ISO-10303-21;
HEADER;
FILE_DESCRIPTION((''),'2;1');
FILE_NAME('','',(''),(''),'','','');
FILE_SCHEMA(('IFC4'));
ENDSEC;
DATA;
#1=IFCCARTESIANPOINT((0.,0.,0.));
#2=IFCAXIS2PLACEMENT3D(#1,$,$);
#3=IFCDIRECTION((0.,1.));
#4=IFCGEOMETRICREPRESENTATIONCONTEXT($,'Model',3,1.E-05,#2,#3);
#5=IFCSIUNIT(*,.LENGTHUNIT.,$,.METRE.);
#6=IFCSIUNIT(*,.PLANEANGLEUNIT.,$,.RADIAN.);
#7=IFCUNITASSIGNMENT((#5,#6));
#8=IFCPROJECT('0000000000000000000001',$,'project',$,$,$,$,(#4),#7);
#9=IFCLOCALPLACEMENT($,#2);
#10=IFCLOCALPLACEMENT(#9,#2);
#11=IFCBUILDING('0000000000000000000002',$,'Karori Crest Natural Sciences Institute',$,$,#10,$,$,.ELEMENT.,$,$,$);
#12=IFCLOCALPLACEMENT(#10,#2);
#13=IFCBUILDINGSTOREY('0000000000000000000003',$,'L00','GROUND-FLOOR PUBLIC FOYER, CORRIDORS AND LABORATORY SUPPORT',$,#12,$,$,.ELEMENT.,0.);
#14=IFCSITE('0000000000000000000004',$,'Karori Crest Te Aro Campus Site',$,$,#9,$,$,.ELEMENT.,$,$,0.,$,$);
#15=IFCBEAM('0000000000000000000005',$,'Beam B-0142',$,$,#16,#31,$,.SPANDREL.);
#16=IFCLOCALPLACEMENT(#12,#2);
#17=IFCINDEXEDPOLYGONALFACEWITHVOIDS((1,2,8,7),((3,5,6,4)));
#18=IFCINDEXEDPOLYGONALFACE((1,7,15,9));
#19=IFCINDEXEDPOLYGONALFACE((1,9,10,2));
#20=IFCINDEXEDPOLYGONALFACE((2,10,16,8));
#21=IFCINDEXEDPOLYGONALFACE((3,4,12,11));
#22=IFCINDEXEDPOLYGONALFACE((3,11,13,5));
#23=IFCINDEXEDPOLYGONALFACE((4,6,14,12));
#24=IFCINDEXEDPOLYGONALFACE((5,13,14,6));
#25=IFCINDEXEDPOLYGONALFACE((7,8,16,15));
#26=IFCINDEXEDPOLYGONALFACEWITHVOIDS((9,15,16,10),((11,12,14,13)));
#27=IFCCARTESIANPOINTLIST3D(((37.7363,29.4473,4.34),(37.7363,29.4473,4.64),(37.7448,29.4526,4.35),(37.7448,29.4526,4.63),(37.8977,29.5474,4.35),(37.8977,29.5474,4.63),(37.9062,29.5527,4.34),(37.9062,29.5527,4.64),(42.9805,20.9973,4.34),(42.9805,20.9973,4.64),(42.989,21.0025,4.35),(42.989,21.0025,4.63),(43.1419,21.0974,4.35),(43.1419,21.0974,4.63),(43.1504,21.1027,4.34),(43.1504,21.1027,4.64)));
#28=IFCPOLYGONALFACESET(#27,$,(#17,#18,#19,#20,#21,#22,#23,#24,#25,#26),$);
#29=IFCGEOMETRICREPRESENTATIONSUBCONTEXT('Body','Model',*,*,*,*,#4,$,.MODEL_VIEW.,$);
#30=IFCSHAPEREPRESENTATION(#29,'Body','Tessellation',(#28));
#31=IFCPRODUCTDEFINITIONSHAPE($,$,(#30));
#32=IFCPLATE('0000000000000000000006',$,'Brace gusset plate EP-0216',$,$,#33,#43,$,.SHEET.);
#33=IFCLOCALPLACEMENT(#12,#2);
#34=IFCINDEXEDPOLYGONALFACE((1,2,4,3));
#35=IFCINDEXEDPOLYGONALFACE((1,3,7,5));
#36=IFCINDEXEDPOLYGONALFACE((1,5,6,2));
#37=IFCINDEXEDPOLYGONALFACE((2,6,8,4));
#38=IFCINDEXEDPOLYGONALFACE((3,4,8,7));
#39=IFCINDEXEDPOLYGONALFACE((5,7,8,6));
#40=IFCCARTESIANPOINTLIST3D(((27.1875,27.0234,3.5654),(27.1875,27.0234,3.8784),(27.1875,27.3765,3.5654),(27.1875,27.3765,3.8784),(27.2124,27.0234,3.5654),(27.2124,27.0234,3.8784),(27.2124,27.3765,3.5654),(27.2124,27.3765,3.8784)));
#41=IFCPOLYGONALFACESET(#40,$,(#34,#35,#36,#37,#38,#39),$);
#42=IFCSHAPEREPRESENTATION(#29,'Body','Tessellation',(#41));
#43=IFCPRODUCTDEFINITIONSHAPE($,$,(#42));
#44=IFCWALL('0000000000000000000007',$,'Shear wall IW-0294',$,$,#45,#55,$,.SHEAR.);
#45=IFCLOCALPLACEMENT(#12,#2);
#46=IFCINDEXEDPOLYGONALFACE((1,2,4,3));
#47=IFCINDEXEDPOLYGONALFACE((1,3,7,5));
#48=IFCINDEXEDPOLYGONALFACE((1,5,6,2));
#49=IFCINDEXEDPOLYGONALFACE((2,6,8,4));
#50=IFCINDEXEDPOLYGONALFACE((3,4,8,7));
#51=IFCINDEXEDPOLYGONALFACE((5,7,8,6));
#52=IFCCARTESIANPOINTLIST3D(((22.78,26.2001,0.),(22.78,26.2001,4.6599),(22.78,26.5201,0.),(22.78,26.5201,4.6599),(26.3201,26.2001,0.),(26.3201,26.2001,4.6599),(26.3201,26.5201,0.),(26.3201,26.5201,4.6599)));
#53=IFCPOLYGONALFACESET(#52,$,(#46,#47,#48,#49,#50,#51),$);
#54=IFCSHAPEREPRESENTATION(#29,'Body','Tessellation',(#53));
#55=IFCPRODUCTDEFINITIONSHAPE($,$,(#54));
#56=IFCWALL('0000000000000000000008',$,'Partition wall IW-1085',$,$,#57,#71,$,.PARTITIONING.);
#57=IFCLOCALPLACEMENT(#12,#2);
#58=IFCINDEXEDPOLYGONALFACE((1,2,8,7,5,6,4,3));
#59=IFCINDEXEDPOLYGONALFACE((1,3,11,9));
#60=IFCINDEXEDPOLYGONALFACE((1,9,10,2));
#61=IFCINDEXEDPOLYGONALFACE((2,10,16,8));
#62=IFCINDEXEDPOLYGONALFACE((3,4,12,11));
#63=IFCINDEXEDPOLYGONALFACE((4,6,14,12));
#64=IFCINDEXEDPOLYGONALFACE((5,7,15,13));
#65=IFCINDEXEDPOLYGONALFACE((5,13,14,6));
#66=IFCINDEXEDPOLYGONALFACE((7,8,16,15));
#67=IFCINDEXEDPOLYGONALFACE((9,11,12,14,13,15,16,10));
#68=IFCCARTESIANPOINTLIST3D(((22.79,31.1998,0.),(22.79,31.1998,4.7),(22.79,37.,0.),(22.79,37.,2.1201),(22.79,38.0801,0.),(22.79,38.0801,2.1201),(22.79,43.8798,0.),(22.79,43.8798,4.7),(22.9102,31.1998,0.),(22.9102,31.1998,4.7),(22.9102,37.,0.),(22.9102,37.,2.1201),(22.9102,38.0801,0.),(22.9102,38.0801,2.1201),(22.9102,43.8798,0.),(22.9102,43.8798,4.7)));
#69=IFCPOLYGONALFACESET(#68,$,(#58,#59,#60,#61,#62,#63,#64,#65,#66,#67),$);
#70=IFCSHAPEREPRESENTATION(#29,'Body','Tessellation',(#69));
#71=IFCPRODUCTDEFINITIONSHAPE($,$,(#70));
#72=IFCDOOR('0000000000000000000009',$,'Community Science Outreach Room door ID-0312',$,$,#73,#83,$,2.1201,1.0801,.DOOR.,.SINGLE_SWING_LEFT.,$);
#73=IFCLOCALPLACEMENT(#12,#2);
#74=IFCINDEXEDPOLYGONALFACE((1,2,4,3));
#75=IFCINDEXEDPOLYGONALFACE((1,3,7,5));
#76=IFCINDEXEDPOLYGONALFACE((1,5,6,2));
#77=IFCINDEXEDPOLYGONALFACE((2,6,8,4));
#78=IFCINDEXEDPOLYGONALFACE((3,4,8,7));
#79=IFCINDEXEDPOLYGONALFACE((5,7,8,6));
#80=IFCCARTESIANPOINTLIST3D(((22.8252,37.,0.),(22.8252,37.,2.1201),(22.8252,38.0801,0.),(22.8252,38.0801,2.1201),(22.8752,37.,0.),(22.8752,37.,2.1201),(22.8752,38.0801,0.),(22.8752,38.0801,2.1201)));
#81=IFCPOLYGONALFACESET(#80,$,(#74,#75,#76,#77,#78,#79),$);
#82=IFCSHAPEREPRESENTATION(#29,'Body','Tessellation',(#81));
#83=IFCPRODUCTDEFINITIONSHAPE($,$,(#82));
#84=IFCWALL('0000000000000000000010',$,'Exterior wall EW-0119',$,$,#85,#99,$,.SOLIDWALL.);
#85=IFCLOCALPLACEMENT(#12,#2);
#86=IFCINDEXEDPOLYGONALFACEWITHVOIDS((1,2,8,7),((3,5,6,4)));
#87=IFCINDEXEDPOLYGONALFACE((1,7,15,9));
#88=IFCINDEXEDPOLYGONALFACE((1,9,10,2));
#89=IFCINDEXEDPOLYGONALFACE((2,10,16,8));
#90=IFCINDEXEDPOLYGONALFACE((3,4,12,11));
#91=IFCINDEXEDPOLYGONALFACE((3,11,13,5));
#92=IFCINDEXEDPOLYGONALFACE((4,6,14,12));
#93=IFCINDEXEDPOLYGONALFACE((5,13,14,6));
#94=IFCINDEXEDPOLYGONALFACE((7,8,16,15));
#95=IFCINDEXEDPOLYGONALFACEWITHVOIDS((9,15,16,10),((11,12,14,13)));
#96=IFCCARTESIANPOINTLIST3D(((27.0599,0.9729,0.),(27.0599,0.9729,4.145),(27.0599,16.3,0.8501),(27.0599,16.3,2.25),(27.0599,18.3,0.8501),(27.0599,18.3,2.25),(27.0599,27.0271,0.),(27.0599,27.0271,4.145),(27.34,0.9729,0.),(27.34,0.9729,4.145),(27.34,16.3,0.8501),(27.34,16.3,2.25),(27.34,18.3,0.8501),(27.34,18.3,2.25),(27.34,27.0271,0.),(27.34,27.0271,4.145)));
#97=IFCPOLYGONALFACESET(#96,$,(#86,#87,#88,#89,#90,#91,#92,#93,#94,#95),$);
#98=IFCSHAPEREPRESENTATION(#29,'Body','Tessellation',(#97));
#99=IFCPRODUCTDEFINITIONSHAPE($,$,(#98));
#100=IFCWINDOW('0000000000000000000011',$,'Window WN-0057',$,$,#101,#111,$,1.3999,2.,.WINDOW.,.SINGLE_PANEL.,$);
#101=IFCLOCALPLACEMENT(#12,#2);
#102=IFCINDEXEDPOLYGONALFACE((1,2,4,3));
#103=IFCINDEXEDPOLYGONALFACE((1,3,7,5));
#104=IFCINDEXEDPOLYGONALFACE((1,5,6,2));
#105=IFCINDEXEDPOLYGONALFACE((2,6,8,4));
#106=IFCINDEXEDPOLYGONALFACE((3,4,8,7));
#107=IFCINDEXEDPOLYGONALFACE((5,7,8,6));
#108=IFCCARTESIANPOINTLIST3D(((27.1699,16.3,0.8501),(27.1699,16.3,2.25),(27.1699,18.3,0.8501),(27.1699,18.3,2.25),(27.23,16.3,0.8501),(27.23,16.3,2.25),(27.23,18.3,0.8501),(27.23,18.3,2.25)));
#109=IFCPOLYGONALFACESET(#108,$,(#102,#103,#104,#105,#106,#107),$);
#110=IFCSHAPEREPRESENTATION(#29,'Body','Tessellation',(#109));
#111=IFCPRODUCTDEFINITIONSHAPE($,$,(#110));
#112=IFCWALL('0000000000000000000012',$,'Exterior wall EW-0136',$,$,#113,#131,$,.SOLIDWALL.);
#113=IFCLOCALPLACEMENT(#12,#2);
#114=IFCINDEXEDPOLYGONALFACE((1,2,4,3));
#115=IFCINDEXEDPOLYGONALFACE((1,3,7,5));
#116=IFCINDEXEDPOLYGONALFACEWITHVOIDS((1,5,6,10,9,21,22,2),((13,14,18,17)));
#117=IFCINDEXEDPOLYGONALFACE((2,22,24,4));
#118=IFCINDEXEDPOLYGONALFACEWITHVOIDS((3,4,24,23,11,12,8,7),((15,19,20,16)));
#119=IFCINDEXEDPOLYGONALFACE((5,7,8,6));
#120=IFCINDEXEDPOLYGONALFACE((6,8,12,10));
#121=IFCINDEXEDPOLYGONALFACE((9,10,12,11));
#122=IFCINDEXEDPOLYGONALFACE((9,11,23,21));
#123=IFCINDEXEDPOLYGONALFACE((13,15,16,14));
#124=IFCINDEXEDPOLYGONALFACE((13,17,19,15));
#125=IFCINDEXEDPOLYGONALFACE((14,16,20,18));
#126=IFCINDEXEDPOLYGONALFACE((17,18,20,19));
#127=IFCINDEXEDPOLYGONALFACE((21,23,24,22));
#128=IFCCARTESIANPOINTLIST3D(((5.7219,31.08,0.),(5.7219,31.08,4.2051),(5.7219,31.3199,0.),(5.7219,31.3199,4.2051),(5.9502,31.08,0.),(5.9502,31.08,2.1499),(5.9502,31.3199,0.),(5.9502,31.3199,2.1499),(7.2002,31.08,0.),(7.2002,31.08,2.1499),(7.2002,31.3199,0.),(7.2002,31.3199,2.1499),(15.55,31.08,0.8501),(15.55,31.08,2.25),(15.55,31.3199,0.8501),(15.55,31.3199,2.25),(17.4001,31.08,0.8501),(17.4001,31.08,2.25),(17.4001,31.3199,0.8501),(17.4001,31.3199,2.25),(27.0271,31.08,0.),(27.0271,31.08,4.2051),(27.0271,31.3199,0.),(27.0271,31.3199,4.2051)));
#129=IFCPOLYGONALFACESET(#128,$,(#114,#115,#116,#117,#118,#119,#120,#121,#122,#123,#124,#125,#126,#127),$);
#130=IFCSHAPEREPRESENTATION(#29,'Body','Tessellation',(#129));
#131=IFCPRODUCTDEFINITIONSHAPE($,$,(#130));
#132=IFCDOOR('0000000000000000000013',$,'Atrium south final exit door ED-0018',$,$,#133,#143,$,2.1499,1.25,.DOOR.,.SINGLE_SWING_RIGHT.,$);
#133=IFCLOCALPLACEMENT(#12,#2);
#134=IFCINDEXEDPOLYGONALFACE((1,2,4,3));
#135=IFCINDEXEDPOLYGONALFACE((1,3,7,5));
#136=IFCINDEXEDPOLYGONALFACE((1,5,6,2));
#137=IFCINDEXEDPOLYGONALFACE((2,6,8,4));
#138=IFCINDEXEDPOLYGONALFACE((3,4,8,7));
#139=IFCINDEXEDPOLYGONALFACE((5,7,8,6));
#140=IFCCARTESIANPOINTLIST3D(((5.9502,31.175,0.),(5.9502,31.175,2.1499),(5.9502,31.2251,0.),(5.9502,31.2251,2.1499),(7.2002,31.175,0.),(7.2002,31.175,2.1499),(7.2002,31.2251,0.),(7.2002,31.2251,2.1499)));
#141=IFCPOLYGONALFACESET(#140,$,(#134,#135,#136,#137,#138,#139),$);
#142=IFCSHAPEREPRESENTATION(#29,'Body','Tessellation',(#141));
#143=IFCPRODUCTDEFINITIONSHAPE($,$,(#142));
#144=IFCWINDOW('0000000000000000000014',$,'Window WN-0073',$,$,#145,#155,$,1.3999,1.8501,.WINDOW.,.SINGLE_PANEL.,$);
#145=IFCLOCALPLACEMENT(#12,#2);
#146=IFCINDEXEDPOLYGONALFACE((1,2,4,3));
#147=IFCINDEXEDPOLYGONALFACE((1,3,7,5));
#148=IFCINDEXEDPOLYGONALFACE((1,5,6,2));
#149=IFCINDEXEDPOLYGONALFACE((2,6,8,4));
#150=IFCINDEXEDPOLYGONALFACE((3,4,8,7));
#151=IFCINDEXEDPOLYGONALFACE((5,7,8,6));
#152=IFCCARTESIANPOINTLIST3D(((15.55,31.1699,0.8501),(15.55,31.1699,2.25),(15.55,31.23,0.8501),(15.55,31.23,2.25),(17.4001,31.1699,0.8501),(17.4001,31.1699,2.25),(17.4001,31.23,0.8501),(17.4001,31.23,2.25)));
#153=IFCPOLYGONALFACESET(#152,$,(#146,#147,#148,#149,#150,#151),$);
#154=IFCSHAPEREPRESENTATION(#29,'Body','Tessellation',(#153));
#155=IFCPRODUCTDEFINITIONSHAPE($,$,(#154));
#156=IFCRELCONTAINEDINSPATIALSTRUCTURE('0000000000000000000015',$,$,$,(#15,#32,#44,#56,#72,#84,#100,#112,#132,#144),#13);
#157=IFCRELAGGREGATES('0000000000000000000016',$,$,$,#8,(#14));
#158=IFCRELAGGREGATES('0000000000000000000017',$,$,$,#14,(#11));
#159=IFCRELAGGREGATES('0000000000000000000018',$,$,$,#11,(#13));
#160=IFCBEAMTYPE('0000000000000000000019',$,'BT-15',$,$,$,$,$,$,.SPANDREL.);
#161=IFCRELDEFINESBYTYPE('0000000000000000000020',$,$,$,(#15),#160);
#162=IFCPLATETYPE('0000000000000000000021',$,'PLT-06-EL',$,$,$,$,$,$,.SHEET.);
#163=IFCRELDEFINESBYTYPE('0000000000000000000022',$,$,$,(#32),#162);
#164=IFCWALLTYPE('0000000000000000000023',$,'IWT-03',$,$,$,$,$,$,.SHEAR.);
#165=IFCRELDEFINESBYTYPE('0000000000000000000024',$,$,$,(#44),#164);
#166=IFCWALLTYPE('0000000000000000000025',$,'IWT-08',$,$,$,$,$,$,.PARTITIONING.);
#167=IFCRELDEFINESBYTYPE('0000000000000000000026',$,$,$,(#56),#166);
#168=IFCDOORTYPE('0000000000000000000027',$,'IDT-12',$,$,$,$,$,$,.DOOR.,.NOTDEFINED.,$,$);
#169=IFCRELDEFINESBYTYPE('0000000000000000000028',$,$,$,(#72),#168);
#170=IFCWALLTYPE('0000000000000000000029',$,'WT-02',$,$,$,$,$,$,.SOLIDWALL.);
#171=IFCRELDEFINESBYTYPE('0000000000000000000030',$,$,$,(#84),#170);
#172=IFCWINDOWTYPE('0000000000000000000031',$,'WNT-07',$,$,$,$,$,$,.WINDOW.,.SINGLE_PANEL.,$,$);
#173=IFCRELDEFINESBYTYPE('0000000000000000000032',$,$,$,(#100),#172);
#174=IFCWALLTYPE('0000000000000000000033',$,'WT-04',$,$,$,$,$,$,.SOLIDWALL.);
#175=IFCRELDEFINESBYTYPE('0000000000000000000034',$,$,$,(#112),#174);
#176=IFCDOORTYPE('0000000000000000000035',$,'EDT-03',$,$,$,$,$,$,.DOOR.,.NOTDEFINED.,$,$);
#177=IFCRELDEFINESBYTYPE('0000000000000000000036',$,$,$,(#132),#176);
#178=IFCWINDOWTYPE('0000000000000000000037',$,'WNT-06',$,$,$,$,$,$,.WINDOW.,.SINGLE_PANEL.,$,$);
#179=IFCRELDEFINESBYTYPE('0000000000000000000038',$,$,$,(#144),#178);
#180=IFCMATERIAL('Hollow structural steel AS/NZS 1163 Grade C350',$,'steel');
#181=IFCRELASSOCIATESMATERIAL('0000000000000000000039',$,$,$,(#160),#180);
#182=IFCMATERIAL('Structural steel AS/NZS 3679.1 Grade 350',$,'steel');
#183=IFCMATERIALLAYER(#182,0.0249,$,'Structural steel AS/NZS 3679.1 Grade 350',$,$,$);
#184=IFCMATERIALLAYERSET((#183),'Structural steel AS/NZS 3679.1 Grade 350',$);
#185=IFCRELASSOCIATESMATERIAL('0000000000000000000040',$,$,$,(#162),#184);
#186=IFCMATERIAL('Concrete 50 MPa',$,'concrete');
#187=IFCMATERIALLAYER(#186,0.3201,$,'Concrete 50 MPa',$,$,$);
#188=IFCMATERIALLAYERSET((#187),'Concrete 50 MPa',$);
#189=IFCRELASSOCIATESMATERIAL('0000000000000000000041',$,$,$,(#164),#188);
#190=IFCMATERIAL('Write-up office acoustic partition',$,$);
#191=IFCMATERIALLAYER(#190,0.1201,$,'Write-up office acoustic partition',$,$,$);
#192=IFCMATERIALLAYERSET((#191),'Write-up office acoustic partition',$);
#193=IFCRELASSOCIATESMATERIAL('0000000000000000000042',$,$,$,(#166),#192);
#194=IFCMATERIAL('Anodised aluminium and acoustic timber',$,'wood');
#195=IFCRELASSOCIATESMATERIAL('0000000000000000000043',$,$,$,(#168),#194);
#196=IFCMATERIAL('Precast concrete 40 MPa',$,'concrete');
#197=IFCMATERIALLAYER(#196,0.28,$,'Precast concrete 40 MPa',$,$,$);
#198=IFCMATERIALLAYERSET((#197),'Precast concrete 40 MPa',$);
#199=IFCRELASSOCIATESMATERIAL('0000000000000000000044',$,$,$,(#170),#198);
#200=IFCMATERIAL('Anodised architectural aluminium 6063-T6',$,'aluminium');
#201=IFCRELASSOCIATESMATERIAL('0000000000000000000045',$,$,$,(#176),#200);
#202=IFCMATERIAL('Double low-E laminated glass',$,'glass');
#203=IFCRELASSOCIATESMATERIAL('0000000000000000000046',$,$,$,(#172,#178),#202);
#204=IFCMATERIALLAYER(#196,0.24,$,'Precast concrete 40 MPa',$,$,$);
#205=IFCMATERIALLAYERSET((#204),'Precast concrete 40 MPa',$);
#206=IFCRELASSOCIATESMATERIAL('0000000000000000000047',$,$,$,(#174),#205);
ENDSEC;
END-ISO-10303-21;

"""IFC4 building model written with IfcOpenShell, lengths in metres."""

from ifc_helpers import new_model, si_unit, direction, frame, frame_2d, origin, origin_2d, place, context, subcontext, project, spatial, rectangle, hollow_rectangle, extrude, material, layer, layer_set, material_profile, profile_set, type_object, element, fill, save


model = new_model("IFC4")

# Units and contexts
model_context = context("Model", 3, precision=1e-05, world=origin(), true_north=direction((0.0, 1.0)))
body_context = subcontext(model_context, "Body", "Model", "MODEL_VIEW")
ifc_project = project(units=[si_unit("LENGTHUNIT", "METRE"), si_unit("PLANEANGLEUNIT", "RADIAN")], contexts=[model_context])

# Site, building, storey
site_placement = place(None, origin())
site = spatial("IfcSite", under=ifc_project, at=site_placement, Name="Karori Crest Te Aro Campus Site", CompositionType="ELEMENT", RefElevation=0.0)
building_placement = place(site_placement, origin())
building = spatial("IfcBuilding", under=site, at=building_placement, Name="Karori Crest Natural Sciences Institute", CompositionType="ELEMENT")
storey_placement = place(building_placement, origin())
storey = spatial("IfcBuildingStorey", under=building, at=storey_placement, Name="L00", Description="GROUND-FLOOR PUBLIC FOYER, CORRIDORS AND LABORATORY SUPPORT", CompositionType="ELEMENT", Elevation=0.0)

# Shared definitions
ifc_material_1 = material(Name="Structural steel AS/NZS 3679.1 Grade 350", Category="steel")
ifc_material_2 = material(Name="Hollow structural steel AS/NZS 1163 Grade C350", Category="steel")

# Beam
ifc_material_profile_1 = material_profile(ifc_material_2, hollow_rectangle(XDim=0.2, YDim=0.3, WallThickness=0.01, at=origin_2d()), Name="RHS300x200x10")
ifc_profile_set_1 = profile_set([ifc_material_profile_1], Name="Hollow structural steel AS/NZS 1163 Grade C350")
beam_type_1 = type_object("IfcBeamType", Name="BT-15", PredefinedType="SPANDREL", material=ifc_profile_set_1)
beam_1_placement = place(storey_placement, frame((37.8213, 29.5, 4.49), z_axis=(0.527315, -0.84967, 0.0), x_axis=(0.84967, 0.527315, 0.0)))
element("IfcBeam", 1, at=beam_1_placement, inside=storey, type_object=beam_type_1, Name="Beam B-0142", PredefinedType="SPANDREL", context=body_context, shape_type="SweptSolid", body=[
    extrude(hollow_rectangle(XDim=0.2, YDim=0.3, WallThickness=0.01, at=origin_2d()), origin(), (0.0, 0.0, 1.0), 9.9451),
])

# Plate
ifc_layer_1 = layer(ifc_material_1, 0.0249, Name="Structural steel AS/NZS 3679.1 Grade 350")
ifc_layer_set_1 = layer_set([ifc_layer_1], Name="Structural steel AS/NZS 3679.1 Grade 350")
plate_type = type_object("IfcPlateType", Name="PLT-06-EL", PredefinedType="SHEET", material=ifc_layer_set_1)
plate_placement = place(storey_placement, frame((27.2, 27.2, 3.5654), z_axis=(0.0, 0.0, 1.0), x_axis=(0.0, 1.0, 0.0)))
element("IfcPlate", 2, at=plate_placement, inside=storey, type_object=plate_type, Name="Brace gusset plate EP-0216", PredefinedType="SHEET", context=body_context, shape_type="SweptSolid", body=[
    extrude(rectangle(XDim=0.353, YDim=0.0249, at=origin_2d()), origin(), (0.0, 0.0, 1.0), 0.313),
])

# Wall
ifc_material_3 = material(Name="Concrete 50 MPa", Category="concrete")
ifc_layer_2 = layer(ifc_material_3, 0.3201, Name="Concrete 50 MPa")
ifc_layer_set_2 = layer_set([ifc_layer_2], Name="Concrete 50 MPa")
wall_type_1 = type_object("IfcWallType", Name="IWT-03", PredefinedType="SHEAR", material=ifc_layer_set_2)
wall_1_placement = place(storey_placement, frame((22.78, 26.3601, 0.0), z_axis=(0.0, 0.0, 1.0), x_axis=(1.0, 0.0, 0.0)))
element("IfcWall", 3, at=wall_1_placement, inside=storey, type_object=wall_type_1, Name="Shear wall IW-0294", PredefinedType="SHEAR", context=body_context, shape_type="SweptSolid", body=[
    extrude(rectangle(XDim=3.54, YDim=0.3201, at=frame_2d((1.77, 0.0))), origin(), (0.0, 0.0, 1.0), 4.6599),
])

# Wall, opening, door
ifc_material_4 = material(Name="Write-up office acoustic partition")
ifc_layer_3 = layer(ifc_material_4, 0.1201, Name="Write-up office acoustic partition")
ifc_layer_set_3 = layer_set([ifc_layer_3], Name="Write-up office acoustic partition")
wall_type_2 = type_object("IfcWallType", Name="IWT-08", PredefinedType="PARTITIONING", material=ifc_layer_set_3)
wall_2_placement = place(storey_placement, frame((22.8501, 31.2, 0.0), z_axis=(0.0, 0.0, 1.0), x_axis=(0.0, 1.0, 0.0)))
wall_2 = element("IfcWall", 4, at=wall_2_placement, inside=storey, type_object=wall_type_2, Name="Partition wall IW-1085", PredefinedType="PARTITIONING", context=body_context, shape_type="SweptSolid", body=[
    extrude(rectangle(XDim=12.6799, YDim=0.1201, at=frame_2d((6.3398, 0.0))), origin(), (0.0, 0.0, 1.0), 4.7),
])
opening_1_placement = place(wall_2_placement, frame((5.8, 0.0, 0.0)))
opening_1 = element("IfcOpeningElement", 5, at=opening_1_placement, cuts=wall_2, PredefinedType="OPENING", context=body_context, shape_type="SweptSolid", body=[
    extrude(rectangle(XDim=1.0801, YDim=2.1201, at=frame_2d((0.54, 1.0601))), frame((0.0, 0.0701, 0.0), z_axis=(0.0, -1.0, 0.0), x_axis=(1.0, 0.0, 0.0)), (0.0, 0.0, 1.0), 0.1401),
])
ifc_material_5 = material(Name="Anodised aluminium and acoustic timber", Category="wood")
door_type_1 = type_object("IfcDoorType", Name="IDT-12", OperationType="NOTDEFINED", PredefinedType="DOOR", material=ifc_material_5)
door_1_placement = place(opening_1_placement, origin())
door_1 = element("IfcDoor", 6, at=door_1_placement, inside=storey, type_object=door_type_1, Name="Community Science Outreach Room door ID-0312", OperationType="SINGLE_SWING_LEFT", OverallHeight=2.1201, OverallWidth=1.0801, PredefinedType="DOOR", context=body_context, shape_type="SweptSolid", body=[
    extrude(rectangle(XDim=1.0801, YDim=2.1201, at=frame_2d((0.54, 1.0601))), frame((0.0, 0.0249, 0.0), z_axis=(0.0, -1.0, 0.0), x_axis=(1.0, 0.0, 0.0)), (0.0, 0.0, 1.0), 0.05),
])
fill(opening_1, door_1)
ifc_material_6 = material(Name="Precast concrete 40 MPa", Category="concrete")
ifc_layer_4 = layer(ifc_material_6, 0.28, Name="Precast concrete 40 MPa")
ifc_layer_set_4 = layer_set([ifc_layer_4], Name="Precast concrete 40 MPa")
wall_type_3 = type_object("IfcWallType", Name="WT-02", PredefinedType="SOLIDWALL", material=ifc_layer_set_4)
ifc_material_7 = material(Name="Anodised architectural aluminium 6063-T6", Category="aluminium")
door_type_2 = type_object("IfcDoorType", Name="EDT-03", OperationType="NOTDEFINED", PredefinedType="DOOR", material=ifc_material_7)

# Wall, opening, window
wall_3_placement = place(storey_placement, frame((27.2, 27.0271, 0.0), z_axis=(0.0, 0.0, 1.0), x_axis=(0.0, -1.0, 0.0)))
wall_3 = element("IfcWall", 7, at=wall_3_placement, inside=storey, type_object=wall_type_3, Name="Exterior wall EW-0119", PredefinedType="SOLIDWALL", context=body_context, shape_type="SweptSolid", body=[
    extrude(rectangle(XDim=26.0542, YDim=0.28, at=frame_2d((13.0271, 0.0))), origin(), (0.0, 0.0, 1.0), 4.145),
])
opening_2_placement = place(wall_3_placement, frame((8.7271, 0.0, 0.8501)))
opening_2 = element("IfcOpeningElement", 8, at=opening_2_placement, cuts=wall_3, PredefinedType="OPENING", context=body_context, shape_type="SweptSolid", body=[
    extrude(rectangle(XDim=2.0, YDim=1.3999, at=frame_2d((1.0, 0.7))), frame((0.0, 0.1499, 0.0), z_axis=(0.0, -1.0, 0.0), x_axis=(1.0, 0.0, 0.0)), (0.0, 0.0, 1.0), 0.3),
])
ifc_material_8 = material(Name="Double low-E laminated glass", Category="glass")
window_type_1 = type_object("IfcWindowType", Name="WNT-07", PartitioningType="SINGLE_PANEL", PredefinedType="WINDOW", material=ifc_material_8)
window_1_placement = place(opening_2_placement, origin())
window_1 = element("IfcWindow", 9, at=window_1_placement, inside=storey, type_object=window_type_1, Name="Window WN-0057", OverallHeight=1.3999, OverallWidth=2.0, PartitioningType="SINGLE_PANEL", PredefinedType="WINDOW", context=body_context, shape_type="SweptSolid", body=[
    extrude(rectangle(XDim=2.0, YDim=1.3999, at=frame_2d((1.0, 0.7))), frame((0.0, 0.03, 0.0), z_axis=(0.0, -1.0, 0.0), x_axis=(1.0, 0.0, 0.0)), (0.0, 0.0, 1.0), 0.0601),
])
fill(opening_2, window_1)

# Wall, openings, door, window
ifc_layer_5 = layer(ifc_material_6, 0.24, Name="Precast concrete 40 MPa")
ifc_layer_set_5 = layer_set([ifc_layer_5], Name="Precast concrete 40 MPa")
wall_type_4 = type_object("IfcWallType", Name="WT-04", PredefinedType="SOLIDWALL", material=ifc_layer_set_5)
wall_4_placement = place(storey_placement, frame((27.0271, 31.2, 0.0), z_axis=(0.0, 0.0, 1.0), x_axis=(-1.0, 0.0, 0.0)))
wall_4 = element("IfcWall", 10, at=wall_4_placement, inside=storey, type_object=wall_type_4, Name="Exterior wall EW-0136", PredefinedType="SOLIDWALL", context=body_context, shape_type="SweptSolid", body=[
    extrude(rectangle(XDim=21.3052, YDim=0.24, at=frame_2d((10.6526, 0.0))), origin(), (0.0, 0.0, 1.0), 4.2051),
])
opening_3_placement = place(wall_4_placement, frame((19.8269, 0.0, 0.0)))
opening_3 = element("IfcOpeningElement", 11, at=opening_3_placement, cuts=wall_4, PredefinedType="OPENING", context=body_context, shape_type="SweptSolid", body=[
    extrude(rectangle(XDim=1.25, YDim=2.1499, at=frame_2d((0.625, 1.075))), frame((0.0, 0.1299, 0.0), z_axis=(0.0, -1.0, 0.0), x_axis=(1.0, 0.0, 0.0)), (0.0, 0.0, 1.0), 0.26),
])
opening_4_placement = place(wall_4_placement, frame((9.627, 0.0, 0.8501)))
opening_4 = element("IfcOpeningElement", 12, at=opening_4_placement, cuts=wall_4, PredefinedType="OPENING", context=body_context, shape_type="SweptSolid", body=[
    extrude(rectangle(XDim=1.8501, YDim=1.3999, at=frame_2d((0.925, 0.7))), frame((0.0, 0.1299, 0.0), z_axis=(0.0, -1.0, 0.0), x_axis=(1.0, 0.0, 0.0)), (0.0, 0.0, 1.0), 0.26),
])
door_2_placement = place(opening_3_placement, origin())
door_2 = element("IfcDoor", 13, at=door_2_placement, inside=storey, type_object=door_type_2, Name="Atrium south final exit door ED-0018", OperationType="SINGLE_SWING_RIGHT", OverallHeight=2.1499, OverallWidth=1.25, PredefinedType="DOOR", context=body_context, shape_type="SweptSolid", body=[
    extrude(rectangle(XDim=1.25, YDim=2.1499, at=frame_2d((0.625, 1.075))), frame((0.0, 0.0249, 0.0), z_axis=(0.0, -1.0, 0.0), x_axis=(1.0, 0.0, 0.0)), (0.0, 0.0, 1.0), 0.05),
])
fill(opening_3, door_2)
window_type_2 = type_object("IfcWindowType", Name="WNT-06", PartitioningType="SINGLE_PANEL", PredefinedType="WINDOW", material=ifc_material_8)
window_2_placement = place(opening_4_placement, origin())
window_2 = element("IfcWindow", 14, at=window_2_placement, inside=storey, type_object=window_type_2, Name="Window WN-0073", OverallHeight=1.3999, OverallWidth=1.8501, PartitioningType="SINGLE_PANEL", PredefinedType="WINDOW", context=body_context, shape_type="SweptSolid", body=[
    extrude(rectangle(XDim=1.8501, YDim=1.3999, at=frame_2d((0.925, 0.7))), frame((0.0, 0.03, 0.0), z_axis=(0.0, -1.0, 0.0), x_axis=(1.0, 0.0, 0.0)), (0.0, 0.0, 1.0), 0.0601),
])
fill(opening_4, window_2)

save(model, "model.ifc")
